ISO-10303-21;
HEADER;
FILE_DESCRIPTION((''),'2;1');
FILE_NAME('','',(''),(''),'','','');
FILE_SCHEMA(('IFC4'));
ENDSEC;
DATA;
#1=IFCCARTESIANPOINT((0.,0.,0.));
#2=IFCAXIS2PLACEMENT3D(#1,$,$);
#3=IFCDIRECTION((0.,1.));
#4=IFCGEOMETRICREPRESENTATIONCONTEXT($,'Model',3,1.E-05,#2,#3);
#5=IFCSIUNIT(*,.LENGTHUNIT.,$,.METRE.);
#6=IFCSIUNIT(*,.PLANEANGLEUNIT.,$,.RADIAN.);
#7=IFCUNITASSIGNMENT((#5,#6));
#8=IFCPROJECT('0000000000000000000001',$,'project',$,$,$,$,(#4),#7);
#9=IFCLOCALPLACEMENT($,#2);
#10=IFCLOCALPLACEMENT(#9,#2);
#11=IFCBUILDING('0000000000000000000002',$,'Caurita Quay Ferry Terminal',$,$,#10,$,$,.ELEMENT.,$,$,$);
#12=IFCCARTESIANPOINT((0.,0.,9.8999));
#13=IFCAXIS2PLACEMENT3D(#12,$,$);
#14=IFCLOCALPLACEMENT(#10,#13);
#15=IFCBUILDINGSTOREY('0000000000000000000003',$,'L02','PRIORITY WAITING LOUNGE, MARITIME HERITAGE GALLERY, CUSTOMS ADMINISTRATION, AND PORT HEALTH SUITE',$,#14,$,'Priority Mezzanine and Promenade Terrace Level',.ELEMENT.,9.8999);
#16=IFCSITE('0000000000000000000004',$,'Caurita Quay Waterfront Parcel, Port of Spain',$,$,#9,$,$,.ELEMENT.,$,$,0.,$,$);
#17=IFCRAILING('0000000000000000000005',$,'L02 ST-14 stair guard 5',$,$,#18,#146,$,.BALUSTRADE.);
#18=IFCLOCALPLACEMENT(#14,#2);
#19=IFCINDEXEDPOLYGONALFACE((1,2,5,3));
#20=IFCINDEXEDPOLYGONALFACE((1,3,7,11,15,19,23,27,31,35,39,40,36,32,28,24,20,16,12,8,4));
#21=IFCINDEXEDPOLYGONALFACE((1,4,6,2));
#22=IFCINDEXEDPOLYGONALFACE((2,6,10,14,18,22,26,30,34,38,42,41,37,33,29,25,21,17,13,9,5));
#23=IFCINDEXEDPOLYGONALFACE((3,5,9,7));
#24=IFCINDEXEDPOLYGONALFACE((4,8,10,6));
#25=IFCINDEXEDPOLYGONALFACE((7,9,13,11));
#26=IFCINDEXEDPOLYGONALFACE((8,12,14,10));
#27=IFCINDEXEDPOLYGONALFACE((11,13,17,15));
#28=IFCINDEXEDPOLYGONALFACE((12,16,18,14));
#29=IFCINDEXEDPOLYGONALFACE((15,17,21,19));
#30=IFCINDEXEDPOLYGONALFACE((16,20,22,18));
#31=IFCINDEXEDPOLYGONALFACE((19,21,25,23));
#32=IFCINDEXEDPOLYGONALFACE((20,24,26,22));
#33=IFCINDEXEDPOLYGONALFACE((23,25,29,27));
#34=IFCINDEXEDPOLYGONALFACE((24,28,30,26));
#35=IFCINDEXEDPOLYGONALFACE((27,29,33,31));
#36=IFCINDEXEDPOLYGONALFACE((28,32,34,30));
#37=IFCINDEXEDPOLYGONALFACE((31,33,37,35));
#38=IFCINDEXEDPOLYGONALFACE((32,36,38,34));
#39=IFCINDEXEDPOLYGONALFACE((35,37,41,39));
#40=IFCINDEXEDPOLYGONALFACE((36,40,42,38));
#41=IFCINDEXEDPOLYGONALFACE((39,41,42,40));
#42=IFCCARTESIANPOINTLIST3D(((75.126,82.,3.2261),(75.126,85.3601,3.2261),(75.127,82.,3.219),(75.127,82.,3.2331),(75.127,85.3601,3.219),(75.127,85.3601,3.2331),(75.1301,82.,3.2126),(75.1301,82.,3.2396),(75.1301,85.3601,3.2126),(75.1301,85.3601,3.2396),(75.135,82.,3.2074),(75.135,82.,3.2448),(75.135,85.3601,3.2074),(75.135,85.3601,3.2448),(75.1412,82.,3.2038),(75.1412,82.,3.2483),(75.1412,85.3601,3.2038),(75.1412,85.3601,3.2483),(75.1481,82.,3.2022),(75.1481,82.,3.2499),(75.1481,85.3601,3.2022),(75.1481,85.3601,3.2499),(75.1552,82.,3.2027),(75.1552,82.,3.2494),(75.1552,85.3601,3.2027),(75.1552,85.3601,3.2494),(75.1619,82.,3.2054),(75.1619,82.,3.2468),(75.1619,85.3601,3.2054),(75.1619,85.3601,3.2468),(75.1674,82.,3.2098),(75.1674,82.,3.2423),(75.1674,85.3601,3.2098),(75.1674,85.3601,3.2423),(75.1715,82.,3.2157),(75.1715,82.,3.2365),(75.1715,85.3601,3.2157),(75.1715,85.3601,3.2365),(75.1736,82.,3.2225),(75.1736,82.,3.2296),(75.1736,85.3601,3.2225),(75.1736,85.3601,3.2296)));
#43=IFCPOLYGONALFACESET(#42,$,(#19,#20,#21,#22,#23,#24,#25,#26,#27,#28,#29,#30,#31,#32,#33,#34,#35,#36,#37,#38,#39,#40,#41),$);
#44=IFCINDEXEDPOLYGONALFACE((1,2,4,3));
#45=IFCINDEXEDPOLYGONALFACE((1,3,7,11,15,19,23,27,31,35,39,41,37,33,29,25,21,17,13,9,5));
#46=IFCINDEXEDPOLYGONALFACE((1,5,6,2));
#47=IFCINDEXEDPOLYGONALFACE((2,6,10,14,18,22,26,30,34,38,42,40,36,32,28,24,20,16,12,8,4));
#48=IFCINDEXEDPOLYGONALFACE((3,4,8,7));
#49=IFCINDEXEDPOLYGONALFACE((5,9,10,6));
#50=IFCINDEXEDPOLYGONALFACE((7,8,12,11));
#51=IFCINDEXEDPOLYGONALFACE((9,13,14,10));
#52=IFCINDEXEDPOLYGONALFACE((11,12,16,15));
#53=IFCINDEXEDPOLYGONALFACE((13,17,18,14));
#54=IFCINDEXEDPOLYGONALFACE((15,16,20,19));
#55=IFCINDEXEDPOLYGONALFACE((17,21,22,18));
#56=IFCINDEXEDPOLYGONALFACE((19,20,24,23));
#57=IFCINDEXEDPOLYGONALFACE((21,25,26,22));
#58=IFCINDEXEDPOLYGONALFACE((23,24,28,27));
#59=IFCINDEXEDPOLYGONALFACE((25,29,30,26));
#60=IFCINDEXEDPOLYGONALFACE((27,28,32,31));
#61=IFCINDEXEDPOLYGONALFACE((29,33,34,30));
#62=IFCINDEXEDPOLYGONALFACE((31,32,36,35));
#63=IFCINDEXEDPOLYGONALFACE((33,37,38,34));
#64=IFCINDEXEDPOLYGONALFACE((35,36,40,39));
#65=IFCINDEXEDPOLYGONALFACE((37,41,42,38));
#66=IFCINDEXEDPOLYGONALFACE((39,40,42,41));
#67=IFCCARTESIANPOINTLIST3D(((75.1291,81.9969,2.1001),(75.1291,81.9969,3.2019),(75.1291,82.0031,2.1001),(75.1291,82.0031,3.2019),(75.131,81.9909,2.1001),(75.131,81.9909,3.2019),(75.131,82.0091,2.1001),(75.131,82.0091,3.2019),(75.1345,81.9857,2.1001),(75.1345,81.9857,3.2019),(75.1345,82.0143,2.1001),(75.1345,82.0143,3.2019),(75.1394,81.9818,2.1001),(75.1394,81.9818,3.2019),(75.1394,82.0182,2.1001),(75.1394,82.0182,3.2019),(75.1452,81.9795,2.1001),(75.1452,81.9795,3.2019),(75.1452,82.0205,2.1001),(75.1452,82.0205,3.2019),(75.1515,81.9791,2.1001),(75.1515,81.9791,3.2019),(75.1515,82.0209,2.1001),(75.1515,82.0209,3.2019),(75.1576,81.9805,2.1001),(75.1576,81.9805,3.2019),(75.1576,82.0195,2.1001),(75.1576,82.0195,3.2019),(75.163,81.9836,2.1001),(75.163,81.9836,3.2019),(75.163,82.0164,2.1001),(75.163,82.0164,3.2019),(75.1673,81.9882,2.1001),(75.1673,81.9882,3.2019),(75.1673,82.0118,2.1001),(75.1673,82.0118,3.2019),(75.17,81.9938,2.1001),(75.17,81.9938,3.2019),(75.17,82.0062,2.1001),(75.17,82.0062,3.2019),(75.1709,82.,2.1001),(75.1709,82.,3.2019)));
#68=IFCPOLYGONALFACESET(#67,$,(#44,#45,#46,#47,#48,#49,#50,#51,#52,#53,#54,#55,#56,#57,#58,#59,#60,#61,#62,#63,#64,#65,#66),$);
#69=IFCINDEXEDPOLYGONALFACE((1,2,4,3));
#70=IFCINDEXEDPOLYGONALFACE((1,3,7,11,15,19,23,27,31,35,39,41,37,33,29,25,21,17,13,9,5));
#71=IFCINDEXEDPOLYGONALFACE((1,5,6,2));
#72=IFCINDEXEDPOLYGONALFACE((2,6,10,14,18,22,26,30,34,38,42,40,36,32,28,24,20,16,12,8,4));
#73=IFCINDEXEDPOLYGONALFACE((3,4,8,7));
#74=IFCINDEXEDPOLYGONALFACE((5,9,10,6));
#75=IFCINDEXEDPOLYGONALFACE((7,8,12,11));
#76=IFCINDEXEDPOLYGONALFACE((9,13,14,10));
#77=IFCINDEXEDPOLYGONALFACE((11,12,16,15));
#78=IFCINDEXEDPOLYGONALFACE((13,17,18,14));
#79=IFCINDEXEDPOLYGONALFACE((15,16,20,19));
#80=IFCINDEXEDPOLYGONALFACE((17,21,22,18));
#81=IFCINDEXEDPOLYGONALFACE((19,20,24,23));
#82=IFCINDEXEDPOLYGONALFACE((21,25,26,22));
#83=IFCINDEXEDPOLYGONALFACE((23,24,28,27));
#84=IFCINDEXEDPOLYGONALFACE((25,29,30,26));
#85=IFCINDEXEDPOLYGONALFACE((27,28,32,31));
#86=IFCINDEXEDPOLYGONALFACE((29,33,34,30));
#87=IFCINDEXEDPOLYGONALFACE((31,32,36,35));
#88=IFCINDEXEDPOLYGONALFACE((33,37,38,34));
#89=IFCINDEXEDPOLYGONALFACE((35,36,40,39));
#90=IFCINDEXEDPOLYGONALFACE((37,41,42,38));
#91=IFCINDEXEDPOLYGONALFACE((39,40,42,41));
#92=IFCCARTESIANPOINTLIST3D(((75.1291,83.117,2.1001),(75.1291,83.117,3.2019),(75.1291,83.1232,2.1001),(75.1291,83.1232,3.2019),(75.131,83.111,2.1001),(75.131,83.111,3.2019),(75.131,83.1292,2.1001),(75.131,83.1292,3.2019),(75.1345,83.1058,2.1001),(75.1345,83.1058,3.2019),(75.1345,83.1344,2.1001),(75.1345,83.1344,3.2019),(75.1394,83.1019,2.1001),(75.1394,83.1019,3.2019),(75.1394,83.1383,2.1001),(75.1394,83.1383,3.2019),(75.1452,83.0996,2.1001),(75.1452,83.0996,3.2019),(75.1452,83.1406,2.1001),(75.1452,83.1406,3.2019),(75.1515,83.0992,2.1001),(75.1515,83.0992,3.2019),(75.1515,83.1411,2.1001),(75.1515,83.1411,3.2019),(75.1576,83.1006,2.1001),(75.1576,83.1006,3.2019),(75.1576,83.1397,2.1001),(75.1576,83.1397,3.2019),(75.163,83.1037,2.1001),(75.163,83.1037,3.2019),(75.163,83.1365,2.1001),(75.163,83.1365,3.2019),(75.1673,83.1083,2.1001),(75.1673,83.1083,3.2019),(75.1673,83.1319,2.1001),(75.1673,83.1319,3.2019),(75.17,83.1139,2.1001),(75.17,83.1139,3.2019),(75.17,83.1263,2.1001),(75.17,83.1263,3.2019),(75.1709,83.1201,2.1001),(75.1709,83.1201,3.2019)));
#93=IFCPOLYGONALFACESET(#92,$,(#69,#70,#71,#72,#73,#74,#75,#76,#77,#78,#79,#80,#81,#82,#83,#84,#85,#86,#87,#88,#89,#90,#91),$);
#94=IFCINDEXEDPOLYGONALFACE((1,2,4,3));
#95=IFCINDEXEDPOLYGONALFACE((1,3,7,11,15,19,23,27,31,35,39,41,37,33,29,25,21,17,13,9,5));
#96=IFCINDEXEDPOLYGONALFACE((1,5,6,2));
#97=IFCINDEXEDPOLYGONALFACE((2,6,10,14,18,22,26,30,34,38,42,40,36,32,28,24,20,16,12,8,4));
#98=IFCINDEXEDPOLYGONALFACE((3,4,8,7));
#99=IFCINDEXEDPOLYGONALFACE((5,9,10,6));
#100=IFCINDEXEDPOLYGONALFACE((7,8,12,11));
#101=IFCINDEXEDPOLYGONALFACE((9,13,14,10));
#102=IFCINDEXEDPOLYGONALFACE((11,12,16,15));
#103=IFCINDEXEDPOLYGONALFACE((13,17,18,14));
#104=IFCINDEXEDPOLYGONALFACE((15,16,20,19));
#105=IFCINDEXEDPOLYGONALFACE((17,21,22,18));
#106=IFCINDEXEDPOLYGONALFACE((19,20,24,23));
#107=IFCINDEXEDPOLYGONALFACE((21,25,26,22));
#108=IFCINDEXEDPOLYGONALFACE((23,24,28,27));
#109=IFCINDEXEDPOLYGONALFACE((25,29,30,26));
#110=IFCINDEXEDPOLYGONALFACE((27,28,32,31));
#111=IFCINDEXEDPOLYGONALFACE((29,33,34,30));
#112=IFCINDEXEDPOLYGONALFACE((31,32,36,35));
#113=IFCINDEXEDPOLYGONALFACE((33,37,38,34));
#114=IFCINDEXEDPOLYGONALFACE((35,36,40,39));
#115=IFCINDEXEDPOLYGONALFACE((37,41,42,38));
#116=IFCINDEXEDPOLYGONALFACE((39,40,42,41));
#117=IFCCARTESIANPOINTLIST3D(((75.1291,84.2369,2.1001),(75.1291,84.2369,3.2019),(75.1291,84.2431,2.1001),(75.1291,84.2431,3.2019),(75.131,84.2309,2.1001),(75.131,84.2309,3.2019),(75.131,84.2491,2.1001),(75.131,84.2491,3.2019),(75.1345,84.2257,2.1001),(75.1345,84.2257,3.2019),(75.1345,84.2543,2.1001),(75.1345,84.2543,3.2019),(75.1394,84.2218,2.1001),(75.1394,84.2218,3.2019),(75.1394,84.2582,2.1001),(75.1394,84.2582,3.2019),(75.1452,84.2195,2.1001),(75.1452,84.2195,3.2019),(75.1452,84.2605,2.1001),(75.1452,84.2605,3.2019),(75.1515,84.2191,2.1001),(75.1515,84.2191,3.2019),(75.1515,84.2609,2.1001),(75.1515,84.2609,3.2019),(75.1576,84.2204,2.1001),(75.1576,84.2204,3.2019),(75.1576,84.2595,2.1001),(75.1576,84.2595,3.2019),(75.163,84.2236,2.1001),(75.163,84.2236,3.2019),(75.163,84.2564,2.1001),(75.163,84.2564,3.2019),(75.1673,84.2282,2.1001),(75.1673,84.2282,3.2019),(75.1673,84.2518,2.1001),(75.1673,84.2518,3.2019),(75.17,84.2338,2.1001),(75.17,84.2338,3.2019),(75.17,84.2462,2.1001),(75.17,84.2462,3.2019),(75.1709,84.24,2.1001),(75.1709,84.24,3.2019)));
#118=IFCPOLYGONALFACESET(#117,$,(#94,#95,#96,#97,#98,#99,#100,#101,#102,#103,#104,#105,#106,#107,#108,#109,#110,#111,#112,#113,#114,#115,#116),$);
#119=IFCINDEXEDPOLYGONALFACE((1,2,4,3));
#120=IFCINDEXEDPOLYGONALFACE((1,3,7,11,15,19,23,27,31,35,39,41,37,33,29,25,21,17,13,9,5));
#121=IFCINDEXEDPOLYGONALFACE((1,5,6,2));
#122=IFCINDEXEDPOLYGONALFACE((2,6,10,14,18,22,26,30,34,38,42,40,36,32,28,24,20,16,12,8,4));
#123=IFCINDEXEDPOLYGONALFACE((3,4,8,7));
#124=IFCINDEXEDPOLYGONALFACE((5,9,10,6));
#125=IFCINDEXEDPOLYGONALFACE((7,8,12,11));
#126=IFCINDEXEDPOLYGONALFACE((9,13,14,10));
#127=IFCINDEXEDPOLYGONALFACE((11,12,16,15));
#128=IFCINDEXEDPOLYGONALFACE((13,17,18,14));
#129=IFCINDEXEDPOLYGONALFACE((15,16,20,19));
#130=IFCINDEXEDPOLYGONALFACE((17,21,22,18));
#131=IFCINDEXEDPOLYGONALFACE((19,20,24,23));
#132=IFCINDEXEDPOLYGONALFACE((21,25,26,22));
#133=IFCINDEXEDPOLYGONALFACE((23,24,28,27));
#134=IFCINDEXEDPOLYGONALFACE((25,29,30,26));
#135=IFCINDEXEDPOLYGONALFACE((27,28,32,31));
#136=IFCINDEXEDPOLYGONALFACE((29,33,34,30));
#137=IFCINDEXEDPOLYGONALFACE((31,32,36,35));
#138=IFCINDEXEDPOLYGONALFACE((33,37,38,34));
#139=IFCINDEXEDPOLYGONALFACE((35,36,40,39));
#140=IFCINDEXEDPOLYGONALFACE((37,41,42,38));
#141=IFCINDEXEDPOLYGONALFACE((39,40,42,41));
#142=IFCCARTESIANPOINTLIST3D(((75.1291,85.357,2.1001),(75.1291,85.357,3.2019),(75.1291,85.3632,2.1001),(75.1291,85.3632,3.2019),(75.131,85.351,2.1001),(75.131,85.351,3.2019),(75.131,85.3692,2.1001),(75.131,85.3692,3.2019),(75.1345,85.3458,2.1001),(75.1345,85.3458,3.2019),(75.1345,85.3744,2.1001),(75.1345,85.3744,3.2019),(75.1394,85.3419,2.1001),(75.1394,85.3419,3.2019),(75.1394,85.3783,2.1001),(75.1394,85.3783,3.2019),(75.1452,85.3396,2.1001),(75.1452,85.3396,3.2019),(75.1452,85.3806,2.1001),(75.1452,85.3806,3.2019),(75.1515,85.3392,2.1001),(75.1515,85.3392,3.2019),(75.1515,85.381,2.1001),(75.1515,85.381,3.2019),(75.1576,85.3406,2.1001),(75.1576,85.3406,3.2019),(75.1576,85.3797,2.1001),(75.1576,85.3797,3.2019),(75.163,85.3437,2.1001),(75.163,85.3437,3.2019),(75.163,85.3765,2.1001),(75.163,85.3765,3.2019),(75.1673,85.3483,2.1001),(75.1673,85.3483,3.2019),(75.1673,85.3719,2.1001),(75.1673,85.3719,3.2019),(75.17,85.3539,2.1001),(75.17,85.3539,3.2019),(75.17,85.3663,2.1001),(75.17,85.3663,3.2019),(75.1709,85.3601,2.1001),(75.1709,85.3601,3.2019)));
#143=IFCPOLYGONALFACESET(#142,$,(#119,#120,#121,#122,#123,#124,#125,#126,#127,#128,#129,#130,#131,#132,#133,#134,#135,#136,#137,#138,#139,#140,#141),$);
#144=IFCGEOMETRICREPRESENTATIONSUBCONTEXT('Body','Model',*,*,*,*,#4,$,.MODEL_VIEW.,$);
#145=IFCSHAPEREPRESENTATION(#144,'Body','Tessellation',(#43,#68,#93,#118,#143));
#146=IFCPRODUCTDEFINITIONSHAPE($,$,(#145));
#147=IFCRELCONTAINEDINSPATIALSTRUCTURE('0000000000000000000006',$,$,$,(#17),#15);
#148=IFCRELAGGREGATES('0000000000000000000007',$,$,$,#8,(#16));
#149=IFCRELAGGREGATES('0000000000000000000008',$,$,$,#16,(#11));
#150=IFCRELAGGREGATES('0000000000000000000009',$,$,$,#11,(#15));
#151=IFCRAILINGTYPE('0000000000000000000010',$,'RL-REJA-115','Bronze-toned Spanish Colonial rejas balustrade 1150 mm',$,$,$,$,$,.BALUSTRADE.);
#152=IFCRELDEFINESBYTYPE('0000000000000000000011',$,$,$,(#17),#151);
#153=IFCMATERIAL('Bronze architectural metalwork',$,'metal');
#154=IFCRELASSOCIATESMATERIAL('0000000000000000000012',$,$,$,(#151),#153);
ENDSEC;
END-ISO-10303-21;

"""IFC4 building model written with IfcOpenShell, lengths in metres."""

from ifc_helpers import new_model, si_unit, direction, frame, origin, origin_2d, place, context, subcontext, project, spatial, circle, extrude, material, type_object, element, save


model = new_model("IFC4")

# Units and contexts
model_context = context("Model", 3, precision=1e-05, world=origin(), true_north=direction((0.0, 1.0)))
body_context = subcontext(model_context, "Body", "Model", "MODEL_VIEW")
ifc_project = project(units=[si_unit("LENGTHUNIT", "METRE"), si_unit("PLANEANGLEUNIT", "RADIAN")], contexts=[model_context])

# Site, building, storey
site_placement = place(None, origin())
site = spatial("IfcSite", under=ifc_project, at=site_placement, Name="Caurita Quay Waterfront Parcel, Port of Spain", CompositionType="ELEMENT", RefElevation=0.0)
building_placement = place(site_placement, origin())
building = spatial("IfcBuilding", under=site, at=building_placement, Name="Caurita Quay Ferry Terminal", CompositionType="ELEMENT")
storey_placement = place(building_placement, frame((0.0, 0.0, 9.8999)))
storey = spatial("IfcBuildingStorey", under=building, at=storey_placement, Name="L02", Description="PRIORITY WAITING LOUNGE, MARITIME HERITAGE GALLERY, CUSTOMS ADMINISTRATION, AND PORT HEALTH SUITE", LongName="Priority Mezzanine and Promenade Terrace Level", CompositionType="ELEMENT", Elevation=9.8999)

# Railing
ifc_material_1 = material(Name="Bronze architectural metalwork", Category="metal")
railing_type_1 = type_object("IfcRailingType", Name="RL-REJA-115", Description="Bronze-toned Spanish Colonial rejas balustrade 1150 mm", PredefinedType="BALUSTRADE", material=ifc_material_1)
railing_1_placement = place(storey_placement, frame((75.1499, 82.0, 2.1001)))
element("IfcRailing", 1, at=railing_1_placement, inside=storey, type_object=railing_type_1, Name="L02 ST-14 stair guard 5", PredefinedType="BALUSTRADE", context=body_context, shape_type="SweptSolid", body=[
    extrude(circle(Radius=0.0239, at=origin_2d()), frame((0.0, 0.0, 1.126), z_axis=(0.0, 1.0, 0.0), x_axis=(-1.0, 0.0, 0.0)), (0.0, 0.0, 1.0), 3.3601),
    extrude(circle(Radius=0.021, at=origin_2d()), origin(), (0.0, 0.0, 1.0), 1.1018),
    extrude(circle(Radius=0.021, at=origin_2d()), frame((0.0, 1.1201, 0.0)), (0.0, 0.0, 1.0), 1.1018),
    extrude(circle(Radius=0.021, at=origin_2d()), frame((0.0, 2.24, 0.0)), (0.0, 0.0, 1.0), 1.1018),
    extrude(circle(Radius=0.021, at=origin_2d()), frame((0.0, 3.3601, 0.0)), (0.0, 0.0, 1.0), 1.1018),
])

save(model, "model.ifc")
